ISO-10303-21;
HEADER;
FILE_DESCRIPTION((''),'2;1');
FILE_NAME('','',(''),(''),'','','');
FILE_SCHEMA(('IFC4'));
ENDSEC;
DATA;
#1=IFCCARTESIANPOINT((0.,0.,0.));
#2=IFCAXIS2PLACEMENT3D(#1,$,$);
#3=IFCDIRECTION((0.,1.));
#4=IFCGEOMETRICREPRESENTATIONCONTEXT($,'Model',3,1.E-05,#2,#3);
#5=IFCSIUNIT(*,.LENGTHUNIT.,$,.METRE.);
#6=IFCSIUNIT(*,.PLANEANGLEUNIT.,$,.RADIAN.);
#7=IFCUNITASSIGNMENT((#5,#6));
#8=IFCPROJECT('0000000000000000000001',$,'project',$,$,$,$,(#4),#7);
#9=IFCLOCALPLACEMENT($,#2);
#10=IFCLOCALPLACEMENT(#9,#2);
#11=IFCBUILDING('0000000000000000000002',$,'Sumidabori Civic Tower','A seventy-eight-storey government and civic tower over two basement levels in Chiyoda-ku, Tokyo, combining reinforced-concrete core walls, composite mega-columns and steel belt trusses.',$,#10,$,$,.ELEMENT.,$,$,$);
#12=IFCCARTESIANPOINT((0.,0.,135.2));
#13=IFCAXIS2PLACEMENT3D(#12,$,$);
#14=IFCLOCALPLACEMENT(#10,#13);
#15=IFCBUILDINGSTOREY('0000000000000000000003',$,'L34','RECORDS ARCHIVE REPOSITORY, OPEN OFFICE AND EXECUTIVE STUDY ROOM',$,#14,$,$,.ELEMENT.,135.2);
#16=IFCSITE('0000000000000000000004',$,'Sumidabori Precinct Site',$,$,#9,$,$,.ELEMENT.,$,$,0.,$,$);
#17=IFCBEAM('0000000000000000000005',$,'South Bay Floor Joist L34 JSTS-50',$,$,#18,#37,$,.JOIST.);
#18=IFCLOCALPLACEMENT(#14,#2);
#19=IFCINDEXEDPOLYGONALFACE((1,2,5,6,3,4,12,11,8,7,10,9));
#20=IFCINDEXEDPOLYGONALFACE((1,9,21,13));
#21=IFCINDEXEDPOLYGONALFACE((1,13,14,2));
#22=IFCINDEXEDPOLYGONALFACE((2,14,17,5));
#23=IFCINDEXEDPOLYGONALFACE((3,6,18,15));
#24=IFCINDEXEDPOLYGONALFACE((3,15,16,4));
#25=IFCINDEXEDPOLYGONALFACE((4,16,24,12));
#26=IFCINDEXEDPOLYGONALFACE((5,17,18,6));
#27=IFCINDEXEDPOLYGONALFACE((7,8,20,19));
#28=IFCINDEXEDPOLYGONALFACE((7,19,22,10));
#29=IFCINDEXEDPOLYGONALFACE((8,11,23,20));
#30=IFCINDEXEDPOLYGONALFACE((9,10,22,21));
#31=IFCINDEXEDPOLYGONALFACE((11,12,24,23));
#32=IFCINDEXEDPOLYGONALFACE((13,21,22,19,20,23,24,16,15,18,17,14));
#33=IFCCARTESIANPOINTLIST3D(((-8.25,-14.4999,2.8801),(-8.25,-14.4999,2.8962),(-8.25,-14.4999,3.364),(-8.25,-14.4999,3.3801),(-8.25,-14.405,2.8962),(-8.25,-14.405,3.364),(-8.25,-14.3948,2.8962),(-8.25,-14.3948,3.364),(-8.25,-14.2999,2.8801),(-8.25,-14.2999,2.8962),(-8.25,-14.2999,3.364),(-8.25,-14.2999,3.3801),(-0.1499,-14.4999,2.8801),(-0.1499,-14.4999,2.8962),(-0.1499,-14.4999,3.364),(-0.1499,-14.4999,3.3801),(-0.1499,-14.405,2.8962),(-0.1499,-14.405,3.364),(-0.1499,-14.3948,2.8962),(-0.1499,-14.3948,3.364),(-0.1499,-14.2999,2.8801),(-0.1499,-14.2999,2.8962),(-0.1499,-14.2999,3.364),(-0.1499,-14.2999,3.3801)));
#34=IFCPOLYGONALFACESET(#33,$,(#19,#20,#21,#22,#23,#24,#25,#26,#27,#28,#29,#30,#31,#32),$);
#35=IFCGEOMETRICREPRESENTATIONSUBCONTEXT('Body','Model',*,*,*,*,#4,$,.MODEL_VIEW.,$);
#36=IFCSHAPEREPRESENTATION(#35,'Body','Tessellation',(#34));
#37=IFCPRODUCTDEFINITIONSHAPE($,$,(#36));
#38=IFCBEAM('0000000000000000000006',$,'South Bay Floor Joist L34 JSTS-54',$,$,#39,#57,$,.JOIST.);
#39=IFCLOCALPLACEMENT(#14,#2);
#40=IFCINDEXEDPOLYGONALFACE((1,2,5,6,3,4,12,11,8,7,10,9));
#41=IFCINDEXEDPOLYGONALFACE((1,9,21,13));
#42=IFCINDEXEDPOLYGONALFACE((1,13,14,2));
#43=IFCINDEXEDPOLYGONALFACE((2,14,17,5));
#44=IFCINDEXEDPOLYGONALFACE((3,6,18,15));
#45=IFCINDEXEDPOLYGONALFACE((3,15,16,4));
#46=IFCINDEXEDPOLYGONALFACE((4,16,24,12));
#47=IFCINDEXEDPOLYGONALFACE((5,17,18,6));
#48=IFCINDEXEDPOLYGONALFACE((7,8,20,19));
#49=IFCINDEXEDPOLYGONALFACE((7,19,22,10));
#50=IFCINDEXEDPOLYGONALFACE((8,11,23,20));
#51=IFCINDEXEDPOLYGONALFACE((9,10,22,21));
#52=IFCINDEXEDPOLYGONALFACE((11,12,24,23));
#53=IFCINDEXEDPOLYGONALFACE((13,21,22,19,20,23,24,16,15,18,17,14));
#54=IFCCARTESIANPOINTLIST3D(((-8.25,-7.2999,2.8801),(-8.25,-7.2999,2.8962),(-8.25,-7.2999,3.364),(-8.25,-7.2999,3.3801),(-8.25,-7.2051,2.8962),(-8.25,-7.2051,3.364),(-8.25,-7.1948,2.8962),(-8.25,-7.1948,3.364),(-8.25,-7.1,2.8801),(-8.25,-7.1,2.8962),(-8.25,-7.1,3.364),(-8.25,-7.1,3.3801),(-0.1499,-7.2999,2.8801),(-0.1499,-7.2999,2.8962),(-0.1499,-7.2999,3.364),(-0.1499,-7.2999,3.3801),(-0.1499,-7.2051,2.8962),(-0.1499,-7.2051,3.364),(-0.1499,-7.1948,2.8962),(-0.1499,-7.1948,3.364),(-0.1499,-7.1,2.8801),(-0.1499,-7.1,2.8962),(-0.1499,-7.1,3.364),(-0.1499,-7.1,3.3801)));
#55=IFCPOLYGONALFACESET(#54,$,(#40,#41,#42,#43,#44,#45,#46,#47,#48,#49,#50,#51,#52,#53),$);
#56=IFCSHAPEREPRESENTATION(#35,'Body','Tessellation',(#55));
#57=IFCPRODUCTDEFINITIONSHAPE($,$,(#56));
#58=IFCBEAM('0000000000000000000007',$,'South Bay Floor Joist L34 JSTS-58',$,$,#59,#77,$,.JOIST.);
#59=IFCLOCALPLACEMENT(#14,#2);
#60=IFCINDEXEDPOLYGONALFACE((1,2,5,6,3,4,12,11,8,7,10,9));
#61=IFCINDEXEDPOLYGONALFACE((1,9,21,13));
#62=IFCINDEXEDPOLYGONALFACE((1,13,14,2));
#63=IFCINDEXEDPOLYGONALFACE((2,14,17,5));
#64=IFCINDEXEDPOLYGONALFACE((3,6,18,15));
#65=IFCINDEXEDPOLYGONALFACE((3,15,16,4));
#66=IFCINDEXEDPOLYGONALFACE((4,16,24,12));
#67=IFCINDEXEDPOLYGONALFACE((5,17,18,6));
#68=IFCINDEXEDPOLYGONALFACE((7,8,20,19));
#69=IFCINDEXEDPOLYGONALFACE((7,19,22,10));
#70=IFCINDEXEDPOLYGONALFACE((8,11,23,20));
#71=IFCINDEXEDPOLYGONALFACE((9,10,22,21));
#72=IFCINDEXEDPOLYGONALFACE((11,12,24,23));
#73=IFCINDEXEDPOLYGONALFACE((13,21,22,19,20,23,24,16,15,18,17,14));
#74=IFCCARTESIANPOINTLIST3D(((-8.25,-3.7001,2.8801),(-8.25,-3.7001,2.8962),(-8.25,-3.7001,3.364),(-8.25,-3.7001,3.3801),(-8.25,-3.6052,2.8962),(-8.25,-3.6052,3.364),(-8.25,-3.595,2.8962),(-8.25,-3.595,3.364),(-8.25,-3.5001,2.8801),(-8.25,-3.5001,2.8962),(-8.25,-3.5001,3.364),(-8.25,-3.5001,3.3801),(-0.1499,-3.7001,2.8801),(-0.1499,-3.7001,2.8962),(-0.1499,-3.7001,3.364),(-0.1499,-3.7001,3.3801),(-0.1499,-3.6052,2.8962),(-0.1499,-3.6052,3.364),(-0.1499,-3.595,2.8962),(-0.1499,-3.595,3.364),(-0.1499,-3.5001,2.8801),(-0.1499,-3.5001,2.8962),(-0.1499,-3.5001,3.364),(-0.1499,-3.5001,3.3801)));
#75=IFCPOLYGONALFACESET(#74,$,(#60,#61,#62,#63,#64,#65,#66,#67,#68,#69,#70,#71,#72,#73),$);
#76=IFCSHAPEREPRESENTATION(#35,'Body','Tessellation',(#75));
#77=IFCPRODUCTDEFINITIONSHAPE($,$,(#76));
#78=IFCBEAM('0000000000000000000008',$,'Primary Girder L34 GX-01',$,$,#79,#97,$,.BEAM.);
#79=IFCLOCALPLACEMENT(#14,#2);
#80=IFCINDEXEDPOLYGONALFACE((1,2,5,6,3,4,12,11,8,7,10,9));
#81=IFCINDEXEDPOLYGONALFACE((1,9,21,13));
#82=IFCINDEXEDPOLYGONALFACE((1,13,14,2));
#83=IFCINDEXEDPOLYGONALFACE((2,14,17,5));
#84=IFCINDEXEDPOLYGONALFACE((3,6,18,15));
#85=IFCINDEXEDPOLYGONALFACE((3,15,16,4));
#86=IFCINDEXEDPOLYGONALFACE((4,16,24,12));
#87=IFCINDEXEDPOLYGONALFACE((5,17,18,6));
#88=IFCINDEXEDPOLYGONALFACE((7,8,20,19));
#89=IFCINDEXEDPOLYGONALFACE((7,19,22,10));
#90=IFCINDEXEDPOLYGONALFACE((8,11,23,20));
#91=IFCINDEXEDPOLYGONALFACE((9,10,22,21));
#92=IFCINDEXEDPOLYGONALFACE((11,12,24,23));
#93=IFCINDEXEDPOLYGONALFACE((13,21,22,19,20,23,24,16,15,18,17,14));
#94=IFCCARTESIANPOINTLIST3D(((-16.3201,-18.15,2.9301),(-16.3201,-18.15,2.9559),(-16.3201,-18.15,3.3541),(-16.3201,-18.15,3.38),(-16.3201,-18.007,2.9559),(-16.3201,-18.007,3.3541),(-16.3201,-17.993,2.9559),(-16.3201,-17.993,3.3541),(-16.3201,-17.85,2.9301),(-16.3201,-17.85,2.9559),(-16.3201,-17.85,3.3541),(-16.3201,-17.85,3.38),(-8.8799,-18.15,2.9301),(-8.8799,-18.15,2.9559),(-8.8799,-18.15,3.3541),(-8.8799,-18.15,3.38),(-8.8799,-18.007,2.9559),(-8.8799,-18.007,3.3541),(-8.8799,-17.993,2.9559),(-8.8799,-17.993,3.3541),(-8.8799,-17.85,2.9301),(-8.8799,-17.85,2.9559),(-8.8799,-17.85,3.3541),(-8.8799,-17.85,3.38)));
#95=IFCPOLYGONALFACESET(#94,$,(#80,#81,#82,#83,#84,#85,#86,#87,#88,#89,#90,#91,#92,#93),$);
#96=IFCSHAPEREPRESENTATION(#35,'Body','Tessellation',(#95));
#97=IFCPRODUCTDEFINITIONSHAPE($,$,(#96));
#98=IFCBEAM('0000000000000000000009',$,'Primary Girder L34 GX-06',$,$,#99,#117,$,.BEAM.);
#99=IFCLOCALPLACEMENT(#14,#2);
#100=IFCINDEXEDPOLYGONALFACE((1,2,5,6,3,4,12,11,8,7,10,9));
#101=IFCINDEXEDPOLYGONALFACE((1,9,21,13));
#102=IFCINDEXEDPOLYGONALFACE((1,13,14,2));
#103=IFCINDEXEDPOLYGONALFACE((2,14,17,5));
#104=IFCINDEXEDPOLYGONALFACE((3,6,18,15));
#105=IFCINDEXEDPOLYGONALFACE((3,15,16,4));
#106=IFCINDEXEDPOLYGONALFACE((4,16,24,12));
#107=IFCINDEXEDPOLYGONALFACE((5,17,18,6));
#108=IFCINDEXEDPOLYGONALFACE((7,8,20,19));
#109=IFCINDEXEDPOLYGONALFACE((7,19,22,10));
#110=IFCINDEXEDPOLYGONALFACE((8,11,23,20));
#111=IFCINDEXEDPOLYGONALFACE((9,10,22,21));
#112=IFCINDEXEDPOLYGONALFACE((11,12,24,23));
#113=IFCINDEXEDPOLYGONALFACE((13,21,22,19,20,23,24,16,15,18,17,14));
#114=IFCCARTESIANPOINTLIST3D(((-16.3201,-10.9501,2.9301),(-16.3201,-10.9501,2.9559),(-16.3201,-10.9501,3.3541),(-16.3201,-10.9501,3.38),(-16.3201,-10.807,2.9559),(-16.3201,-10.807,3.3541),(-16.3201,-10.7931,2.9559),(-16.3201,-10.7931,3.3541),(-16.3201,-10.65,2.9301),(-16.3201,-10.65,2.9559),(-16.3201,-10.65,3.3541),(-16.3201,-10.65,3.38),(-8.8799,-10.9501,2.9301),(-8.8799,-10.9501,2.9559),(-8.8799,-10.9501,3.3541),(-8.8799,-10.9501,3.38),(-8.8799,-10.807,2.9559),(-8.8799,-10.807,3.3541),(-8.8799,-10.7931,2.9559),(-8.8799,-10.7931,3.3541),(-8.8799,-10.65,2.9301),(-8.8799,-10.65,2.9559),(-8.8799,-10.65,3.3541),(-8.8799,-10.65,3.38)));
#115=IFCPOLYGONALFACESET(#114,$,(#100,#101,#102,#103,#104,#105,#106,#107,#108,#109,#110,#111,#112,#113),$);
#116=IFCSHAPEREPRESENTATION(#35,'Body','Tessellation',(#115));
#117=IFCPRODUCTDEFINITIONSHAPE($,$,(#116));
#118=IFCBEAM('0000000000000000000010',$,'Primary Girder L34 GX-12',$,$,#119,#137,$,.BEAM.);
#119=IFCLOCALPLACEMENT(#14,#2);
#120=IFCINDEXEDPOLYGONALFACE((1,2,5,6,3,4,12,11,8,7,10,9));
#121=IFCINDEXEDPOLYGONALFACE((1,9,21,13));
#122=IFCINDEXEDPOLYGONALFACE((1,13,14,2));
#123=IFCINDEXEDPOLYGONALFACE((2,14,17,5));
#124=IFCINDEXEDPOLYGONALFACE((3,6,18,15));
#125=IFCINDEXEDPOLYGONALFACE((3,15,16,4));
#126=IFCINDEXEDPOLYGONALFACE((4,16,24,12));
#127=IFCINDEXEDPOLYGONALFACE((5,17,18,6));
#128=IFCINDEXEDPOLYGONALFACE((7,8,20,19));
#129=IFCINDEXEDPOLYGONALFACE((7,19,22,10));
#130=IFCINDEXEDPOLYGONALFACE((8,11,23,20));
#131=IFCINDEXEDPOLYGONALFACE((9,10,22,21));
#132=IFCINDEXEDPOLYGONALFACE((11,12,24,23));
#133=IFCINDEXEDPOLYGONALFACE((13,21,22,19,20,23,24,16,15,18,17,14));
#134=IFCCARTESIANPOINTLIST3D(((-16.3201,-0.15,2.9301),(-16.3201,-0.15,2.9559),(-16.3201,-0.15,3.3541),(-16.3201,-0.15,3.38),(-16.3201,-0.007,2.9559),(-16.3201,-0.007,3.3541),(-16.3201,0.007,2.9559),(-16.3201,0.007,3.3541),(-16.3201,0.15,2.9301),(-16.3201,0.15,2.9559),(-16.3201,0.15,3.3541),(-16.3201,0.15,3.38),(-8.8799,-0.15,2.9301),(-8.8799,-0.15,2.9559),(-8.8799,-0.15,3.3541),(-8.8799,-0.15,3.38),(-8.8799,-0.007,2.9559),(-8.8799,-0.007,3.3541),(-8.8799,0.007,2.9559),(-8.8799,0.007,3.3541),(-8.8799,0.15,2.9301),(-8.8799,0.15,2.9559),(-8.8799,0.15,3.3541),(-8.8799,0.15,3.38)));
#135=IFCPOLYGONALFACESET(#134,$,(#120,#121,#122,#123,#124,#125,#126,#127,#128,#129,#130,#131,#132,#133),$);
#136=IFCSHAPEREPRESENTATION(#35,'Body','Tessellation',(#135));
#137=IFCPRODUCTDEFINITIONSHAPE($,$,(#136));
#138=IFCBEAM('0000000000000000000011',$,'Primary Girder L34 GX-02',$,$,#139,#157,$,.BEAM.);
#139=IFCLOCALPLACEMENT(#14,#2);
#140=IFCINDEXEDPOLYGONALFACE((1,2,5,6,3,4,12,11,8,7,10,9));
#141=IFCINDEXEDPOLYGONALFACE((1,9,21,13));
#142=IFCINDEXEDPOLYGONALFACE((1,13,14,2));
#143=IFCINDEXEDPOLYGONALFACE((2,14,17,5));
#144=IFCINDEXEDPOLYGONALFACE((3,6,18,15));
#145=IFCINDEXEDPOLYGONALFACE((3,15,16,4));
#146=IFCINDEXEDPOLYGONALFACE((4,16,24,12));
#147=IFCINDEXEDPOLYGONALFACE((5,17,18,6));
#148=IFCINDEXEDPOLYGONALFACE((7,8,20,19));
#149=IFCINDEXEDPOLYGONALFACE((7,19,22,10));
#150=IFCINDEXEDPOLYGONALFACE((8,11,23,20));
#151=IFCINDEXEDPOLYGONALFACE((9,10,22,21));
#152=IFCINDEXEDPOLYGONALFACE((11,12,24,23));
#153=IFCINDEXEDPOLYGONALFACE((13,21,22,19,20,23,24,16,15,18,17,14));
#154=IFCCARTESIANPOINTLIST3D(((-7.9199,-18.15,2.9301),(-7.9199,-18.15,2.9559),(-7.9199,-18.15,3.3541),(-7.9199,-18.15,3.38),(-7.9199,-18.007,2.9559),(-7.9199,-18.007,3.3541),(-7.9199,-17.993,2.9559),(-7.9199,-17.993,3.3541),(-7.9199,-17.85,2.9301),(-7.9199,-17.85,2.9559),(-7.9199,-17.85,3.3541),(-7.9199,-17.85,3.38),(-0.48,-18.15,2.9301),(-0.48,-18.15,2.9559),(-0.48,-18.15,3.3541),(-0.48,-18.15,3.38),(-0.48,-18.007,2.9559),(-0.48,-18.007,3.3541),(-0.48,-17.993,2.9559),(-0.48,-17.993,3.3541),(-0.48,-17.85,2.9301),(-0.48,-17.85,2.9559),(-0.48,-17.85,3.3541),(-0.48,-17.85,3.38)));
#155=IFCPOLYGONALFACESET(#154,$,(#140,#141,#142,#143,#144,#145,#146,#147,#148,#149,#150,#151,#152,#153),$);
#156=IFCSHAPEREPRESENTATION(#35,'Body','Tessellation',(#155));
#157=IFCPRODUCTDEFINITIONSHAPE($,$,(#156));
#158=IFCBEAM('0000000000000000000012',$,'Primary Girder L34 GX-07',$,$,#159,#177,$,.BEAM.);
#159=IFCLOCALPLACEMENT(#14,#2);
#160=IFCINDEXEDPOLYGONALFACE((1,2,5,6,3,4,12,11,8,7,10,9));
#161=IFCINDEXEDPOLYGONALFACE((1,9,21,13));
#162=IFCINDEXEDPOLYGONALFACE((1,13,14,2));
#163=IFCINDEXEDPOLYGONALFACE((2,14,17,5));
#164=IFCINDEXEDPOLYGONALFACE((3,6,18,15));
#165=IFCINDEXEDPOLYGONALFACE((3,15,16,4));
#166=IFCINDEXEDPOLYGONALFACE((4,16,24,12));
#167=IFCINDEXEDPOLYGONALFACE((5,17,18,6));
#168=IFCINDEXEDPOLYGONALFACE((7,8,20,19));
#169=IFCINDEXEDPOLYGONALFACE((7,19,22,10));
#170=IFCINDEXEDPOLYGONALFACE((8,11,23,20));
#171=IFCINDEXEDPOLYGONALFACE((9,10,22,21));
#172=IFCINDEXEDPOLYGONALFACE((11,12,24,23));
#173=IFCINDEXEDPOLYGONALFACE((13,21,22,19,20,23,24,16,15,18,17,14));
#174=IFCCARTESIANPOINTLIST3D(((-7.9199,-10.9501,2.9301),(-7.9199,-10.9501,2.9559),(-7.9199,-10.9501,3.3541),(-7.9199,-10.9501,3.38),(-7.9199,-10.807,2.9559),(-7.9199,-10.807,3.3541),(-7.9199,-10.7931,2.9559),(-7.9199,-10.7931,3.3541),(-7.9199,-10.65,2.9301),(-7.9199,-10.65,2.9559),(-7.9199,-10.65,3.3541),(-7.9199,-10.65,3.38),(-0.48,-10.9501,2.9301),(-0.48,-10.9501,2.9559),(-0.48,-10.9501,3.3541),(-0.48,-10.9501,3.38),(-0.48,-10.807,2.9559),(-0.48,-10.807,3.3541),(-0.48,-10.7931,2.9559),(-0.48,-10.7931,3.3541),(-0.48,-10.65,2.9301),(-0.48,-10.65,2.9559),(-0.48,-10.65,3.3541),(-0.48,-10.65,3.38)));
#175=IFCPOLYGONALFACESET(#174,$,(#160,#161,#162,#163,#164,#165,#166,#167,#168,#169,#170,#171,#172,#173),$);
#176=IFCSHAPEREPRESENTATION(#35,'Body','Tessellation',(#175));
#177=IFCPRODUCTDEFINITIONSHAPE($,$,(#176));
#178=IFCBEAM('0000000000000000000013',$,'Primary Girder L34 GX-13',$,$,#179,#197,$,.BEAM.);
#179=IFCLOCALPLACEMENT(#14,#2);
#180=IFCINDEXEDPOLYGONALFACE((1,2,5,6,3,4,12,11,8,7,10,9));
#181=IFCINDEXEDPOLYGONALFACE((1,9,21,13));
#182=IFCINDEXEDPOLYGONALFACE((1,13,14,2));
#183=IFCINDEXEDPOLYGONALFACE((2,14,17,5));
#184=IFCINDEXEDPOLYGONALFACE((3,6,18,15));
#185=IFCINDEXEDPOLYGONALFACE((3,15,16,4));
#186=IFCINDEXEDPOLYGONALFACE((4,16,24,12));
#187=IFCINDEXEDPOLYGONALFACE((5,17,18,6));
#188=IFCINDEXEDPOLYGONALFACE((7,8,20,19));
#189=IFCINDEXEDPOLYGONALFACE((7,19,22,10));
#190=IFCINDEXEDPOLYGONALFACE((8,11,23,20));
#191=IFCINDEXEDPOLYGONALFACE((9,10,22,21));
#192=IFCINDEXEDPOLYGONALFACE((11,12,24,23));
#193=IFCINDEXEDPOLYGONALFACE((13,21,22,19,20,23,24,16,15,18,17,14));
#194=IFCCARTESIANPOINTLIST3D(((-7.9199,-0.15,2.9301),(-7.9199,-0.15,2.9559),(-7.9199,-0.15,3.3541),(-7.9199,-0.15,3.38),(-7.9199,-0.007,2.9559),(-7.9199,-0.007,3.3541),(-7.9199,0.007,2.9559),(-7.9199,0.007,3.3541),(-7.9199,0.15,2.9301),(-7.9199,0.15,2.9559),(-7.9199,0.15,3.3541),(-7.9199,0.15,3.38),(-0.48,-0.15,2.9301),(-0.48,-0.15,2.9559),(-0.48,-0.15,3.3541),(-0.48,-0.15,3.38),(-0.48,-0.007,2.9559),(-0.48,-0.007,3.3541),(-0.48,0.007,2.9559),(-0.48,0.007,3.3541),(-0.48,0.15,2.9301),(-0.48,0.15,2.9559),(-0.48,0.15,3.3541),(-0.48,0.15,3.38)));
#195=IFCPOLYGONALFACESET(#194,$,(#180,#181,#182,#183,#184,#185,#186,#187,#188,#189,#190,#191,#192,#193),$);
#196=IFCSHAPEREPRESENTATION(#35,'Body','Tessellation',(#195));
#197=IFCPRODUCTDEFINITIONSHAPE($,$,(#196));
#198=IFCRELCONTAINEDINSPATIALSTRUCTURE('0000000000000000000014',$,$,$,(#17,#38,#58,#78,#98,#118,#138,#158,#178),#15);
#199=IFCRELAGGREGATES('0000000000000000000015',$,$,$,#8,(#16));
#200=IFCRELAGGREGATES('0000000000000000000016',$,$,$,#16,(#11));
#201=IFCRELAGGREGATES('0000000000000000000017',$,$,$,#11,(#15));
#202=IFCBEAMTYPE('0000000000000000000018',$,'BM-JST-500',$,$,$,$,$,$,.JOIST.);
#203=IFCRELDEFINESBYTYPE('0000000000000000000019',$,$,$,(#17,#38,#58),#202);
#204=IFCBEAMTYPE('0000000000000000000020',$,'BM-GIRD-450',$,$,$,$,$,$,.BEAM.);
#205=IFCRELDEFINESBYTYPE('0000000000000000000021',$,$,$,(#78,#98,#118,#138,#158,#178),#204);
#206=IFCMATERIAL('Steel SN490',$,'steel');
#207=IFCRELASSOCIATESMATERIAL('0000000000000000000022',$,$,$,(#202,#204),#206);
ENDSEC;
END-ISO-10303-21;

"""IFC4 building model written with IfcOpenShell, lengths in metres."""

from ifc_helpers import new_model, si_unit, direction, frame, origin, origin_2d, place, context, subcontext, project, spatial, i_section, extrude, source, transform, mapped, material, material_profile, profile_set, type_object, element, save


model = new_model("IFC4")

# Units and contexts
model_context = context("Model", 3, precision=1e-05, world=origin(), true_north=direction((0.0, 1.0)))
body_context = subcontext(model_context, "Body", "Model", "MODEL_VIEW")
ifc_project = project(units=[si_unit("LENGTHUNIT", "METRE"), si_unit("PLANEANGLEUNIT", "RADIAN")], contexts=[model_context])

# Site, building, storey
site_placement = place(None, origin())
site = spatial("IfcSite", under=ifc_project, at=site_placement, Name="Sumidabori Precinct Site", CompositionType="ELEMENT", RefElevation=0.0)
building_placement = place(site_placement, origin())
building = spatial("IfcBuilding", under=site, at=building_placement, Name="Sumidabori Civic Tower", Description="A seventy-eight-storey government and civic tower over two basement levels in Chiyoda-ku, Tokyo, combining reinforced-concrete core walls, composite mega-columns and steel belt trusses.", CompositionType="ELEMENT")
storey_placement = place(building_placement, frame((0.0, 0.0, 135.2)))
storey = spatial("IfcBuildingStorey", under=building, at=storey_placement, Name="L34", Description="RECORDS ARCHIVE REPOSITORY, OPEN OFFICE AND EXECUTIVE STUDY ROOM", CompositionType="ELEMENT", Elevation=135.2)

# Beams
ifc_material_1 = material(Name="Steel SN490", Category="steel")
ifc_material_profile_1 = material_profile(ifc_material_1, i_section(OverallWidth=0.2, OverallDepth=0.5, WebThickness=0.0103, FlangeThickness=0.0161, at=origin_2d()), Name="IPE 500")
ifc_profile_set_1 = profile_set([ifc_material_profile_1], Name="Steel SN490")
beam_type_1 = type_object("IfcBeamType", Name="BM-JST-500", PredefinedType="JOIST", material=ifc_profile_set_1)
shared_shape_1 = source(origin(), body_context, "Body", "SweptSolid", [
    extrude(i_section(OverallWidth=0.2, OverallDepth=0.5, WebThickness=0.0103, FlangeThickness=0.0161, at=origin_2d()), origin(), (0.0, 0.0, 1.0), 8.1001),
])
for number, where, z_axis, x_axis, name in (
    (1, (-8.25, -14.3999, 3.1301), (1.0, 0.0, 0.0), (0.0, 1.0, 0.0), "South Bay Floor Joist L34 JSTS-50"),
    (2, (-8.25, -7.2, 3.1301), (1.0, 0.0, 0.0), (0.0, 1.0, 0.0), "South Bay Floor Joist L34 JSTS-54"),
    (3, (-8.25, -3.6001, 3.1301), (1.0, 0.0, 0.0), (0.0, 1.0, 0.0), "South Bay Floor Joist L34 JSTS-58"),
):
    element("IfcBeam", number, at=place(storey_placement, frame(where, z_axis=z_axis, x_axis=x_axis)), inside=storey, type_object=beam_type_1, Name=name, PredefinedType="JOIST", context=body_context, shape_type="MappedRepresentation", body=[
        mapped(shared_shape_1, transform((0.0, 0.0, 0.0), x_axis=(1.0, 0.0, 0.0), y_axis=(0.0, 1.0, 0.0), z_axis=(0.0, 0.0, 1.0), scale=1.0)),
    ])
ifc_material_profile_2 = material_profile(ifc_material_1, i_section(OverallWidth=0.3, OverallDepth=0.45, WebThickness=0.0139, FlangeThickness=0.0259, at=origin_2d()), Name="HE 450 B")
ifc_profile_set_2 = profile_set([ifc_material_profile_2], Name="Steel SN490")
beam_type_2 = type_object("IfcBeamType", Name="BM-GIRD-450", PredefinedType="BEAM", material=ifc_profile_set_2)
shared_shape_2 = source(origin(), body_context, "Body", "SweptSolid", [
    extrude(i_section(OverallWidth=0.3, OverallDepth=0.45, WebThickness=0.0139, FlangeThickness=0.0259, at=origin_2d()), origin(), (0.0, 0.0, 1.0), 7.4402),
])
for number, where, z_axis, x_axis, name in (
    (4, (-16.3201, -18.0, 3.155), (1.0, 0.0, 0.0), (0.0, 1.0, 0.0), "Primary Girder L34 GX-01"),
    (5, (-16.3201, -10.8, 3.155), (1.0, 0.0, 0.0), (0.0, 1.0, 0.0), "Primary Girder L34 GX-06"),
    (6, (-16.3201, 0.0, 3.155), (1.0, 0.0, 0.0), (0.0, 1.0, 0.0), "Primary Girder L34 GX-12"),
):
    element("IfcBeam", number, at=place(storey_placement, frame(where, z_axis=z_axis, x_axis=x_axis)), inside=storey, type_object=beam_type_2, Name=name, PredefinedType="BEAM", context=body_context, shape_type="MappedRepresentation", body=[
        mapped(shared_shape_2, transform((0.0, 0.0, 0.0), x_axis=(1.0, 0.0, 0.0), y_axis=(0.0, 1.0, 0.0), z_axis=(0.0, 0.0, 1.0), scale=1.0)),
    ])
shared_shape_3 = source(origin(), body_context, "Body", "SweptSolid", [
    extrude(i_section(OverallWidth=0.3, OverallDepth=0.45, WebThickness=0.0139, FlangeThickness=0.0259, at=origin_2d()), origin(), (0.0, 0.0, 1.0), 7.4399),
])
for number, where, z_axis, x_axis, name in (
    (7, (-7.9199, -18.0, 3.155), (1.0, 0.0, 0.0), (0.0, 1.0, 0.0), "Primary Girder L34 GX-02"),
    (8, (-7.9199, -10.8, 3.155), (1.0, 0.0, 0.0), (0.0, 1.0, 0.0), "Primary Girder L34 GX-07"),
    (9, (-7.9199, 0.0, 3.155), (1.0, 0.0, 0.0), (0.0, 1.0, 0.0), "Primary Girder L34 GX-13"),
):
    element("IfcBeam", number, at=place(storey_placement, frame(where, z_axis=z_axis, x_axis=x_axis)), inside=storey, type_object=beam_type_2, Name=name, PredefinedType="BEAM", context=body_context, shape_type="MappedRepresentation", body=[
        mapped(shared_shape_3, transform((0.0, 0.0, 0.0), x_axis=(1.0, 0.0, 0.0), y_axis=(0.0, 1.0, 0.0), z_axis=(0.0, 0.0, 1.0), scale=1.0)),
    ])

save(model, "model.ifc")
